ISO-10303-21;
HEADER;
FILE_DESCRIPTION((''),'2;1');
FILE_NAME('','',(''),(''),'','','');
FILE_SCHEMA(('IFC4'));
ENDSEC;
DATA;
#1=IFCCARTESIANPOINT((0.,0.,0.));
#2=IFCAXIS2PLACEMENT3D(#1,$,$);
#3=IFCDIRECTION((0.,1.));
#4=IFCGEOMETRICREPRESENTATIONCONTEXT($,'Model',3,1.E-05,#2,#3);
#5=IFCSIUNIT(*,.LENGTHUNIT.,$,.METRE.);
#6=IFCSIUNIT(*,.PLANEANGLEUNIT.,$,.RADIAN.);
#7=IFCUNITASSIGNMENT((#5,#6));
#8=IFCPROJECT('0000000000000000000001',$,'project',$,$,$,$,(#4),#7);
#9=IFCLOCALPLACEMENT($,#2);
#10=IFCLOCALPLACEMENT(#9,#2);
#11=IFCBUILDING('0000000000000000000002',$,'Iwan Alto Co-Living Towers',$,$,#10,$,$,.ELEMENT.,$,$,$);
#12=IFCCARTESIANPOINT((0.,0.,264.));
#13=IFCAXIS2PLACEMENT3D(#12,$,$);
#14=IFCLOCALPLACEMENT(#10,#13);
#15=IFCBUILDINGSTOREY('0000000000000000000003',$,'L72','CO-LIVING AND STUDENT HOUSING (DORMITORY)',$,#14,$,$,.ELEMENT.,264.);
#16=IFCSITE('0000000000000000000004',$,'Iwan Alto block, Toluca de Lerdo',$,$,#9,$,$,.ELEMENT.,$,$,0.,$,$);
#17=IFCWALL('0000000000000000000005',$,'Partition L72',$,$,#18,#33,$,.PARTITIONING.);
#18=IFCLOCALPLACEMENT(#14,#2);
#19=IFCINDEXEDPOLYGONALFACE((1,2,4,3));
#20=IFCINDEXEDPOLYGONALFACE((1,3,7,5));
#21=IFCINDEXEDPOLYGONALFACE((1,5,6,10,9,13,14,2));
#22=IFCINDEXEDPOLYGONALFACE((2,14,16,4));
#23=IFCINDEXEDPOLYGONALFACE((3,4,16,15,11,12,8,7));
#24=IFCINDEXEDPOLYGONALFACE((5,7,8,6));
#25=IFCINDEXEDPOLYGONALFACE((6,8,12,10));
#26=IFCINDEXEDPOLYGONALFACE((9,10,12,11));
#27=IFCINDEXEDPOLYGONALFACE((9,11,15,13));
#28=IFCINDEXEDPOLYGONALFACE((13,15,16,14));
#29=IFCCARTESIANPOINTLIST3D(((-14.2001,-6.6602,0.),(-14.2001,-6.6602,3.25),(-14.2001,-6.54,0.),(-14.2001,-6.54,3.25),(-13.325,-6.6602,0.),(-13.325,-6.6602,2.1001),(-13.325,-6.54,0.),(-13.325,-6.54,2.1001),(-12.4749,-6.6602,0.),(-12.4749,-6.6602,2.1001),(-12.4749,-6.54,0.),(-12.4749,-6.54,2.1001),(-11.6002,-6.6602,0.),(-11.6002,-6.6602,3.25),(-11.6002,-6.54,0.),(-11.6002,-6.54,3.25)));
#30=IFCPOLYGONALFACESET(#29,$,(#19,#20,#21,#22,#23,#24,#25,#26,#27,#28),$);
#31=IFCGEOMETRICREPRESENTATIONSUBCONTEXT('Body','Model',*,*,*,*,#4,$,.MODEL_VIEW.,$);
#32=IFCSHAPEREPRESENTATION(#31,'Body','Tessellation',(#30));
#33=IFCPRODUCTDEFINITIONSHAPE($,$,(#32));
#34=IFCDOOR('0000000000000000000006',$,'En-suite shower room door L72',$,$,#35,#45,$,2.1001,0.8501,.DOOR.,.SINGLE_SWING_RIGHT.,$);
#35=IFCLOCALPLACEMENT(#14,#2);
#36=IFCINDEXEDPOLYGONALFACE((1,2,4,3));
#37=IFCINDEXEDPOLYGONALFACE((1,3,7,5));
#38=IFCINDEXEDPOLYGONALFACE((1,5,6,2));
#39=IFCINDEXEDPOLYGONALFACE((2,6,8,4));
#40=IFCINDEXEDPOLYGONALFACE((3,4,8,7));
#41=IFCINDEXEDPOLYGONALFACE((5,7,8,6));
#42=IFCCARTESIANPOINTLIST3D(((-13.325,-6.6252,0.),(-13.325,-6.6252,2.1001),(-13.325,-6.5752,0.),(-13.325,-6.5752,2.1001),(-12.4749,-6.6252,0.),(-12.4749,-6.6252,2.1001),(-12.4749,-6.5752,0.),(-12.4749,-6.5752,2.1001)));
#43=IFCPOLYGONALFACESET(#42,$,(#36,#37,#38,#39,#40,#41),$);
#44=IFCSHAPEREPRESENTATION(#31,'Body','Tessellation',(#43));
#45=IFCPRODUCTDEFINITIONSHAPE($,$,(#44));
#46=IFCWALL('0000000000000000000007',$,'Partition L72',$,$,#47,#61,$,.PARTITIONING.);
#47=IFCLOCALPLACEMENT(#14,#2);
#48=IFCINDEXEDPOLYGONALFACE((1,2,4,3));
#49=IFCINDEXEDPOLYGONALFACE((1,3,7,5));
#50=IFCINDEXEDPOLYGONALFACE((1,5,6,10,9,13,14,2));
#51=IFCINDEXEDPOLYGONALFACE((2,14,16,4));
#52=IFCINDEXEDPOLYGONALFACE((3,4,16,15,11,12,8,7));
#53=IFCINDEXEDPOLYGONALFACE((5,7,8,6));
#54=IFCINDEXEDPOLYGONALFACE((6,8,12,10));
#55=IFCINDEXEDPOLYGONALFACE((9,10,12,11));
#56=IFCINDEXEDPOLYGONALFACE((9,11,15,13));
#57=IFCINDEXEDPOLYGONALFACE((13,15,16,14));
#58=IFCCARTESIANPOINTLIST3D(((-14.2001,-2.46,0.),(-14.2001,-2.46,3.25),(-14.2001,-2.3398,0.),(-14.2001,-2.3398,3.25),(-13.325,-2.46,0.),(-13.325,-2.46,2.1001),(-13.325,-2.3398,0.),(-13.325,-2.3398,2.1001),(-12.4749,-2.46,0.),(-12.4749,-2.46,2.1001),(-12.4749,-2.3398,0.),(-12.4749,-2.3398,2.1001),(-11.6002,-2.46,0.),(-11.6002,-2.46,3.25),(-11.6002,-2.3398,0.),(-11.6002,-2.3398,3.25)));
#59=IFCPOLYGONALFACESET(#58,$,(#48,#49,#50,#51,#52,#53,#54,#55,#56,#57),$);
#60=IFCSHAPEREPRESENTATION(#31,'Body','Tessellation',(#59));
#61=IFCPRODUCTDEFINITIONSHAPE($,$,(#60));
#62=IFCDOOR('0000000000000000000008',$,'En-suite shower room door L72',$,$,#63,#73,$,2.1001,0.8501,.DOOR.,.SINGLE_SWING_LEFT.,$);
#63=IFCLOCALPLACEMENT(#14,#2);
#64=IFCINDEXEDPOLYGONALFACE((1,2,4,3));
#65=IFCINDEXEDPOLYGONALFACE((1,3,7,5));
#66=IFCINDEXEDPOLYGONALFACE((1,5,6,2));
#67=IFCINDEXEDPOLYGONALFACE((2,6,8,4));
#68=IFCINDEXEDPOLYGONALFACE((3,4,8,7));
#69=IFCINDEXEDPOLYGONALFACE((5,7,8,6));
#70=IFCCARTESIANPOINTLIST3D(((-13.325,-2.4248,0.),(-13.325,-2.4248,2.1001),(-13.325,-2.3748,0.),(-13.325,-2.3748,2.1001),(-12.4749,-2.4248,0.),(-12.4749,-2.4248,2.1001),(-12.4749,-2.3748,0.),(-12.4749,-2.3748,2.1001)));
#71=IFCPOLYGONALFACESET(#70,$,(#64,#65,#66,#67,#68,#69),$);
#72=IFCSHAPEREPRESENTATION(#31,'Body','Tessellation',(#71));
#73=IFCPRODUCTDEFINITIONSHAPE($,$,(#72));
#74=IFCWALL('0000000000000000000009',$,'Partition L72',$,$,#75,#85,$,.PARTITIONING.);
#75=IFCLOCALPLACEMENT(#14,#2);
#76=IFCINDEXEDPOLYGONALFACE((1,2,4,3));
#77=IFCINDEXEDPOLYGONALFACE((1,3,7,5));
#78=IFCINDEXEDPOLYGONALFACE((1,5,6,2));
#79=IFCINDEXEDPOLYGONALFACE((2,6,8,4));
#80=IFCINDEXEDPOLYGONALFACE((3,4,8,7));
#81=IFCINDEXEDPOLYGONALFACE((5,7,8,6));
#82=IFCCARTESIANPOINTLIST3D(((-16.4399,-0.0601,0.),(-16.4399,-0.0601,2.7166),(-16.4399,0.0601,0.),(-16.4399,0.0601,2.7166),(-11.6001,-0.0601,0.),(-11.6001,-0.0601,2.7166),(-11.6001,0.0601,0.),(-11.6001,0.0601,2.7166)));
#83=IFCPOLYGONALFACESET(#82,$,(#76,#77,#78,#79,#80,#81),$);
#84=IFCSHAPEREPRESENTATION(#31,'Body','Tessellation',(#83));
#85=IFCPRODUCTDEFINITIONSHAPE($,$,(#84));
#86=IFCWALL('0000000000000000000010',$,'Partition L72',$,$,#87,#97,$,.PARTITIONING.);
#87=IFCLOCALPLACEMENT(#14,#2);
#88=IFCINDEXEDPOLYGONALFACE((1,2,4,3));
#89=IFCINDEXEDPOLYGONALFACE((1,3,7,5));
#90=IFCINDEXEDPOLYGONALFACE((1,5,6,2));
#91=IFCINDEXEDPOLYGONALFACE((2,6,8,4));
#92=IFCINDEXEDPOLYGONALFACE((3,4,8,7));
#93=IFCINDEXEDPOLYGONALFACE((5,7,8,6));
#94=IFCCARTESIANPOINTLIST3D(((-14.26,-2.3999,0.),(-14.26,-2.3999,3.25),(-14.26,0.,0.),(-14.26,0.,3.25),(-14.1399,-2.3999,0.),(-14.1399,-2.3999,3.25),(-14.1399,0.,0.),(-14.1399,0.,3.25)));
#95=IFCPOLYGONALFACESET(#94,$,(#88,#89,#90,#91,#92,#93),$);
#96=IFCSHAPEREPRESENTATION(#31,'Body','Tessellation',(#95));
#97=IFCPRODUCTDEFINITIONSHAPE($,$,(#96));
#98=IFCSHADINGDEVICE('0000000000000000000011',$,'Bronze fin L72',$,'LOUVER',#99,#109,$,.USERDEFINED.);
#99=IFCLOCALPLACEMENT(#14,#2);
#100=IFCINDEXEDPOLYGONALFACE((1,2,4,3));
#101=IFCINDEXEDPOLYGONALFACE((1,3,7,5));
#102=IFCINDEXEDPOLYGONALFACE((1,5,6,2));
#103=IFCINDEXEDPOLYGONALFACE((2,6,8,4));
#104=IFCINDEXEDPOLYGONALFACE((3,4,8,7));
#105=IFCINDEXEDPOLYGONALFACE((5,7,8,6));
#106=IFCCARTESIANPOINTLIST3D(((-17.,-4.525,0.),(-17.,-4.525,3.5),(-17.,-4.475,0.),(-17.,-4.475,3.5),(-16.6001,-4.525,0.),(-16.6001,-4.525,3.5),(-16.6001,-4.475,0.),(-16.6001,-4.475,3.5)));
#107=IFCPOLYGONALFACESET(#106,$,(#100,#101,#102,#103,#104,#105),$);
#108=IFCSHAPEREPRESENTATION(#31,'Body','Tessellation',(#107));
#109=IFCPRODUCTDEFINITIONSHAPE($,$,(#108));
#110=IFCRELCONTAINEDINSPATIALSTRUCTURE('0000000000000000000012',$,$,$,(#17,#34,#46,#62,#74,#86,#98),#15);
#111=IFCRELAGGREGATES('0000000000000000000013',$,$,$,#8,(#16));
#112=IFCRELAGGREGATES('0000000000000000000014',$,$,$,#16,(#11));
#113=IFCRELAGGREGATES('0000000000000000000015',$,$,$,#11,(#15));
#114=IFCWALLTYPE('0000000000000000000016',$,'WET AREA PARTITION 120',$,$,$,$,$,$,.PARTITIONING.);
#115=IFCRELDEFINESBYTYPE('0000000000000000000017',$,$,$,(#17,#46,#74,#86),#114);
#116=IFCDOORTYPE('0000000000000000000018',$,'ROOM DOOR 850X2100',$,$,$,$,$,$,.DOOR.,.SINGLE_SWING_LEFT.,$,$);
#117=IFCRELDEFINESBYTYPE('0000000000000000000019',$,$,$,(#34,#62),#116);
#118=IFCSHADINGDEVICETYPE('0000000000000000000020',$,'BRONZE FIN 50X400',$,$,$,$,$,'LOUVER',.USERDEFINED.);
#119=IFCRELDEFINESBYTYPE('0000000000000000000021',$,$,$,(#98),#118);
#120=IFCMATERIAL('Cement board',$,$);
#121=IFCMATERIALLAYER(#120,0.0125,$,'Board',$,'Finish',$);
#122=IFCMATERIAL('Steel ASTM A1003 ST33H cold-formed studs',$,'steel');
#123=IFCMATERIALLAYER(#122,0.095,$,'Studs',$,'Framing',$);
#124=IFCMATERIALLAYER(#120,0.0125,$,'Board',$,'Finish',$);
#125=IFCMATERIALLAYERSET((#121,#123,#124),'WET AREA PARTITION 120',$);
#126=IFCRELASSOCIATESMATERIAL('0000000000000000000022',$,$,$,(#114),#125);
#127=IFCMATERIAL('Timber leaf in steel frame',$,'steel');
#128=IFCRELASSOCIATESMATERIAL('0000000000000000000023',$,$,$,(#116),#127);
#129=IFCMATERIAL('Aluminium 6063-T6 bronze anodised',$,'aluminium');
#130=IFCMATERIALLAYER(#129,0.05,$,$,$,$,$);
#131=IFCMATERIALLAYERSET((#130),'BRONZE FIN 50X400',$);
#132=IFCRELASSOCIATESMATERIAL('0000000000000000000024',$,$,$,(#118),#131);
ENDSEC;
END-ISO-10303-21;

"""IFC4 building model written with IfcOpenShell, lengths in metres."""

from ifc_helpers import new_model, si_unit, direction, frame, frame_2d, origin, origin_2d, place, context, subcontext, project, spatial, rectangle, extrude, material, layer, layer_set, type_object, element, fill, save


model = new_model("IFC4")

# Units and contexts
model_context = context("Model", 3, precision=1e-05, world=origin(), true_north=direction((0.0, 1.0)))
body_context = subcontext(model_context, "Body", "Model", "MODEL_VIEW")
ifc_project = project(units=[si_unit("LENGTHUNIT", "METRE"), si_unit("PLANEANGLEUNIT", "RADIAN")], contexts=[model_context])

# Site, building, storey
site_placement = place(None, origin())
site = spatial("IfcSite", under=ifc_project, at=site_placement, Name="Iwan Alto block, Toluca de Lerdo", CompositionType="ELEMENT", RefElevation=0.0)
building_placement = place(site_placement, origin())
building = spatial("IfcBuilding", under=site, at=building_placement, Name="Iwan Alto Co-Living Towers", CompositionType="ELEMENT")
storey_placement = place(building_placement, frame((0.0, 0.0, 264.0)))
storey = spatial("IfcBuildingStorey", under=building, at=storey_placement, Name="L72", Description="CO-LIVING AND STUDENT HOUSING (DORMITORY)", CompositionType="ELEMENT", Elevation=264.0)

# Shared definitions
ifc_material_1 = material(Name="Steel ASTM A1003 ST33H cold-formed studs", Category="steel")

# Walls, openings, doors
ifc_material_2 = material(Name="Cement board")
ifc_layer_1 = layer(ifc_material_2, 0.0125, Name="Board", Category="Finish")
ifc_layer_2 = layer(ifc_material_1, 0.095, Name="Studs", Category="Framing")
ifc_layer_3 = layer(ifc_material_2, 0.0125, Name="Board", Category="Finish")
ifc_layer_set_1 = layer_set([ifc_layer_1, ifc_layer_2, ifc_layer_3], Name="WET AREA PARTITION 120")
wall_type_1 = type_object("IfcWallType", Name="WET AREA PARTITION 120", PredefinedType="PARTITIONING", material=ifc_layer_set_1)
wall_1_placement = place(storey_placement, frame((-14.2, -6.6001, 0.0), z_axis=(0.0, 0.0, 1.0), x_axis=(1.0, 0.0, 0.0)))
wall_1 = element("IfcWall", 1, at=wall_1_placement, inside=storey, type_object=wall_type_1, Name="Partition L72", PredefinedType="PARTITIONING", context=body_context, shape_type="SweptSolid", body=[
    extrude(rectangle(XDim=2.5999, YDim=0.1201, at=frame_2d((1.2998, 0.0))), origin(), (0.0, 0.0, 1.0), 3.25),
])
opening_1_placement = place(wall_1_placement, frame((0.875, 0.0, 0.0)))
opening_1 = element("IfcOpeningElement", 2, at=opening_1_placement, cuts=wall_1, PredefinedType="OPENING", context=body_context, shape_type="SweptSolid", body=[
    extrude(rectangle(XDim=0.8501, YDim=2.1001, at=frame_2d((0.425, 1.05))), frame((0.0, 0.0701, 0.0), z_axis=(0.0, -1.0, 0.0), x_axis=(1.0, 0.0, 0.0)), (0.0, 0.0, 1.0), 0.1401),
])
ifc_material_3 = material(Name="Timber leaf in steel frame", Category="steel")
door_type_1 = type_object("IfcDoorType", Name="ROOM DOOR 850X2100", OperationType="SINGLE_SWING_LEFT", PredefinedType="DOOR", material=ifc_material_3)
door_1_placement = place(opening_1_placement, origin())
door_1 = element("IfcDoor", 3, at=door_1_placement, inside=storey, type_object=door_type_1, Name="En-suite shower room door L72", OperationType="SINGLE_SWING_RIGHT", OverallHeight=2.1001, OverallWidth=0.8501, PredefinedType="DOOR", context=body_context, shape_type="SweptSolid", body=[
    extrude(rectangle(XDim=0.8501, YDim=2.1001, at=frame_2d((0.425, 1.05))), frame((0.0, 0.0249, 0.0), z_axis=(0.0, -1.0, 0.0), x_axis=(1.0, 0.0, 0.0)), (0.0, 0.0, 1.0), 0.05),
])
fill(opening_1, door_1)
wall_2_placement = place(storey_placement, frame((-14.2, -2.3999, 0.0), z_axis=(0.0, 0.0, 1.0), x_axis=(1.0, 0.0, 0.0)))
wall_2 = element("IfcWall", 4, at=wall_2_placement, inside=storey, type_object=wall_type_1, Name="Partition L72", PredefinedType="PARTITIONING", context=body_context, shape_type="SweptSolid", body=[
    extrude(rectangle(XDim=2.5999, YDim=0.1201, at=frame_2d((1.2998, 0.0))), origin(), (0.0, 0.0, 1.0), 3.25),
])
opening_2_placement = place(wall_2_placement, frame((0.875, 0.0, 0.0)))
opening_2 = element("IfcOpeningElement", 5, at=opening_2_placement, cuts=wall_2, PredefinedType="OPENING", context=body_context, shape_type="SweptSolid", body=[
    extrude(rectangle(XDim=0.8501, YDim=2.1001, at=frame_2d((0.425, 1.05))), frame((0.0, 0.0701, 0.0), z_axis=(0.0, -1.0, 0.0), x_axis=(1.0, 0.0, 0.0)), (0.0, 0.0, 1.0), 0.1401),
])
door_2_placement = place(opening_2_placement, frame((0.8501, 0.0, 0.0), z_axis=(0.0, 0.0, 1.0), x_axis=(-1.0, 0.0, 0.0)))
door_2 = element("IfcDoor", 6, at=door_2_placement, inside=storey, type_object=door_type_1, Name="En-suite shower room door L72", OperationType="SINGLE_SWING_LEFT", OverallHeight=2.1001, OverallWidth=0.8501, PredefinedType="DOOR", context=body_context, shape_type="SweptSolid", body=[
    extrude(rectangle(XDim=0.8501, YDim=2.1001, at=frame_2d((0.425, 1.05))), frame((0.0, 0.0249, 0.0), z_axis=(0.0, -1.0, 0.0), x_axis=(1.0, 0.0, 0.0)), (0.0, 0.0, 1.0), 0.05),
])
fill(opening_2, door_2)

# Walls
wall_3_placement = place(storey_placement, frame((-16.4399, 0.0, 0.0), z_axis=(0.0, 0.0, 1.0), x_axis=(1.0, 0.0, 0.0)))
element("IfcWall", 7, at=wall_3_placement, inside=storey, type_object=wall_type_1, Name="Partition L72", PredefinedType="PARTITIONING", context=body_context, shape_type="SweptSolid", body=[
    extrude(rectangle(XDim=4.8398, YDim=0.1201, at=frame_2d((2.4199, 0.0))), origin(), (0.0, 0.0, 1.0), 2.7166),
])
wall_4_placement = place(storey_placement, frame((-14.2, -2.3999, 0.0), z_axis=(0.0, 0.0, 1.0), x_axis=(0.0, 1.0, 0.0)))
element("IfcWall", 8, at=wall_4_placement, inside=storey, type_object=wall_type_1, Name="Partition L72", PredefinedType="PARTITIONING", context=body_context, shape_type="SweptSolid", body=[
    extrude(rectangle(XDim=2.3999, YDim=0.1201, at=frame_2d((1.2, 0.0))), origin(), (0.0, 0.0, 1.0), 3.25),
])

# Shading device
ifc_material_4 = material(Name="Aluminium 6063-T6 bronze anodised", Category="aluminium")
ifc_layer_4 = layer(ifc_material_4, 0.05)
ifc_layer_set_2 = layer_set([ifc_layer_4], Name="BRONZE FIN 50X400")
shading_device_type = type_object("IfcShadingDeviceType", Name="BRONZE FIN 50X400", ElementType="LOUVER", PredefinedType="USERDEFINED", material=ifc_layer_set_2)
shading_device_placement = place(storey_placement, frame((-16.8, -4.5, 0.0), z_axis=(0.0, 0.0, 1.0), x_axis=(0.0, -1.0, 0.0)))
element("IfcShadingDevice", 9, at=shading_device_placement, inside=storey, type_object=shading_device_type, Name="Bronze fin L72", ObjectType="LOUVER", PredefinedType="USERDEFINED", context=body_context, shape_type="SweptSolid", body=[
    extrude(rectangle(XDim=0.05, YDim=0.3999, at=origin_2d()), origin(), (0.0, 0.0, 1.0), 3.5),
])

save(model, "model.ifc")
